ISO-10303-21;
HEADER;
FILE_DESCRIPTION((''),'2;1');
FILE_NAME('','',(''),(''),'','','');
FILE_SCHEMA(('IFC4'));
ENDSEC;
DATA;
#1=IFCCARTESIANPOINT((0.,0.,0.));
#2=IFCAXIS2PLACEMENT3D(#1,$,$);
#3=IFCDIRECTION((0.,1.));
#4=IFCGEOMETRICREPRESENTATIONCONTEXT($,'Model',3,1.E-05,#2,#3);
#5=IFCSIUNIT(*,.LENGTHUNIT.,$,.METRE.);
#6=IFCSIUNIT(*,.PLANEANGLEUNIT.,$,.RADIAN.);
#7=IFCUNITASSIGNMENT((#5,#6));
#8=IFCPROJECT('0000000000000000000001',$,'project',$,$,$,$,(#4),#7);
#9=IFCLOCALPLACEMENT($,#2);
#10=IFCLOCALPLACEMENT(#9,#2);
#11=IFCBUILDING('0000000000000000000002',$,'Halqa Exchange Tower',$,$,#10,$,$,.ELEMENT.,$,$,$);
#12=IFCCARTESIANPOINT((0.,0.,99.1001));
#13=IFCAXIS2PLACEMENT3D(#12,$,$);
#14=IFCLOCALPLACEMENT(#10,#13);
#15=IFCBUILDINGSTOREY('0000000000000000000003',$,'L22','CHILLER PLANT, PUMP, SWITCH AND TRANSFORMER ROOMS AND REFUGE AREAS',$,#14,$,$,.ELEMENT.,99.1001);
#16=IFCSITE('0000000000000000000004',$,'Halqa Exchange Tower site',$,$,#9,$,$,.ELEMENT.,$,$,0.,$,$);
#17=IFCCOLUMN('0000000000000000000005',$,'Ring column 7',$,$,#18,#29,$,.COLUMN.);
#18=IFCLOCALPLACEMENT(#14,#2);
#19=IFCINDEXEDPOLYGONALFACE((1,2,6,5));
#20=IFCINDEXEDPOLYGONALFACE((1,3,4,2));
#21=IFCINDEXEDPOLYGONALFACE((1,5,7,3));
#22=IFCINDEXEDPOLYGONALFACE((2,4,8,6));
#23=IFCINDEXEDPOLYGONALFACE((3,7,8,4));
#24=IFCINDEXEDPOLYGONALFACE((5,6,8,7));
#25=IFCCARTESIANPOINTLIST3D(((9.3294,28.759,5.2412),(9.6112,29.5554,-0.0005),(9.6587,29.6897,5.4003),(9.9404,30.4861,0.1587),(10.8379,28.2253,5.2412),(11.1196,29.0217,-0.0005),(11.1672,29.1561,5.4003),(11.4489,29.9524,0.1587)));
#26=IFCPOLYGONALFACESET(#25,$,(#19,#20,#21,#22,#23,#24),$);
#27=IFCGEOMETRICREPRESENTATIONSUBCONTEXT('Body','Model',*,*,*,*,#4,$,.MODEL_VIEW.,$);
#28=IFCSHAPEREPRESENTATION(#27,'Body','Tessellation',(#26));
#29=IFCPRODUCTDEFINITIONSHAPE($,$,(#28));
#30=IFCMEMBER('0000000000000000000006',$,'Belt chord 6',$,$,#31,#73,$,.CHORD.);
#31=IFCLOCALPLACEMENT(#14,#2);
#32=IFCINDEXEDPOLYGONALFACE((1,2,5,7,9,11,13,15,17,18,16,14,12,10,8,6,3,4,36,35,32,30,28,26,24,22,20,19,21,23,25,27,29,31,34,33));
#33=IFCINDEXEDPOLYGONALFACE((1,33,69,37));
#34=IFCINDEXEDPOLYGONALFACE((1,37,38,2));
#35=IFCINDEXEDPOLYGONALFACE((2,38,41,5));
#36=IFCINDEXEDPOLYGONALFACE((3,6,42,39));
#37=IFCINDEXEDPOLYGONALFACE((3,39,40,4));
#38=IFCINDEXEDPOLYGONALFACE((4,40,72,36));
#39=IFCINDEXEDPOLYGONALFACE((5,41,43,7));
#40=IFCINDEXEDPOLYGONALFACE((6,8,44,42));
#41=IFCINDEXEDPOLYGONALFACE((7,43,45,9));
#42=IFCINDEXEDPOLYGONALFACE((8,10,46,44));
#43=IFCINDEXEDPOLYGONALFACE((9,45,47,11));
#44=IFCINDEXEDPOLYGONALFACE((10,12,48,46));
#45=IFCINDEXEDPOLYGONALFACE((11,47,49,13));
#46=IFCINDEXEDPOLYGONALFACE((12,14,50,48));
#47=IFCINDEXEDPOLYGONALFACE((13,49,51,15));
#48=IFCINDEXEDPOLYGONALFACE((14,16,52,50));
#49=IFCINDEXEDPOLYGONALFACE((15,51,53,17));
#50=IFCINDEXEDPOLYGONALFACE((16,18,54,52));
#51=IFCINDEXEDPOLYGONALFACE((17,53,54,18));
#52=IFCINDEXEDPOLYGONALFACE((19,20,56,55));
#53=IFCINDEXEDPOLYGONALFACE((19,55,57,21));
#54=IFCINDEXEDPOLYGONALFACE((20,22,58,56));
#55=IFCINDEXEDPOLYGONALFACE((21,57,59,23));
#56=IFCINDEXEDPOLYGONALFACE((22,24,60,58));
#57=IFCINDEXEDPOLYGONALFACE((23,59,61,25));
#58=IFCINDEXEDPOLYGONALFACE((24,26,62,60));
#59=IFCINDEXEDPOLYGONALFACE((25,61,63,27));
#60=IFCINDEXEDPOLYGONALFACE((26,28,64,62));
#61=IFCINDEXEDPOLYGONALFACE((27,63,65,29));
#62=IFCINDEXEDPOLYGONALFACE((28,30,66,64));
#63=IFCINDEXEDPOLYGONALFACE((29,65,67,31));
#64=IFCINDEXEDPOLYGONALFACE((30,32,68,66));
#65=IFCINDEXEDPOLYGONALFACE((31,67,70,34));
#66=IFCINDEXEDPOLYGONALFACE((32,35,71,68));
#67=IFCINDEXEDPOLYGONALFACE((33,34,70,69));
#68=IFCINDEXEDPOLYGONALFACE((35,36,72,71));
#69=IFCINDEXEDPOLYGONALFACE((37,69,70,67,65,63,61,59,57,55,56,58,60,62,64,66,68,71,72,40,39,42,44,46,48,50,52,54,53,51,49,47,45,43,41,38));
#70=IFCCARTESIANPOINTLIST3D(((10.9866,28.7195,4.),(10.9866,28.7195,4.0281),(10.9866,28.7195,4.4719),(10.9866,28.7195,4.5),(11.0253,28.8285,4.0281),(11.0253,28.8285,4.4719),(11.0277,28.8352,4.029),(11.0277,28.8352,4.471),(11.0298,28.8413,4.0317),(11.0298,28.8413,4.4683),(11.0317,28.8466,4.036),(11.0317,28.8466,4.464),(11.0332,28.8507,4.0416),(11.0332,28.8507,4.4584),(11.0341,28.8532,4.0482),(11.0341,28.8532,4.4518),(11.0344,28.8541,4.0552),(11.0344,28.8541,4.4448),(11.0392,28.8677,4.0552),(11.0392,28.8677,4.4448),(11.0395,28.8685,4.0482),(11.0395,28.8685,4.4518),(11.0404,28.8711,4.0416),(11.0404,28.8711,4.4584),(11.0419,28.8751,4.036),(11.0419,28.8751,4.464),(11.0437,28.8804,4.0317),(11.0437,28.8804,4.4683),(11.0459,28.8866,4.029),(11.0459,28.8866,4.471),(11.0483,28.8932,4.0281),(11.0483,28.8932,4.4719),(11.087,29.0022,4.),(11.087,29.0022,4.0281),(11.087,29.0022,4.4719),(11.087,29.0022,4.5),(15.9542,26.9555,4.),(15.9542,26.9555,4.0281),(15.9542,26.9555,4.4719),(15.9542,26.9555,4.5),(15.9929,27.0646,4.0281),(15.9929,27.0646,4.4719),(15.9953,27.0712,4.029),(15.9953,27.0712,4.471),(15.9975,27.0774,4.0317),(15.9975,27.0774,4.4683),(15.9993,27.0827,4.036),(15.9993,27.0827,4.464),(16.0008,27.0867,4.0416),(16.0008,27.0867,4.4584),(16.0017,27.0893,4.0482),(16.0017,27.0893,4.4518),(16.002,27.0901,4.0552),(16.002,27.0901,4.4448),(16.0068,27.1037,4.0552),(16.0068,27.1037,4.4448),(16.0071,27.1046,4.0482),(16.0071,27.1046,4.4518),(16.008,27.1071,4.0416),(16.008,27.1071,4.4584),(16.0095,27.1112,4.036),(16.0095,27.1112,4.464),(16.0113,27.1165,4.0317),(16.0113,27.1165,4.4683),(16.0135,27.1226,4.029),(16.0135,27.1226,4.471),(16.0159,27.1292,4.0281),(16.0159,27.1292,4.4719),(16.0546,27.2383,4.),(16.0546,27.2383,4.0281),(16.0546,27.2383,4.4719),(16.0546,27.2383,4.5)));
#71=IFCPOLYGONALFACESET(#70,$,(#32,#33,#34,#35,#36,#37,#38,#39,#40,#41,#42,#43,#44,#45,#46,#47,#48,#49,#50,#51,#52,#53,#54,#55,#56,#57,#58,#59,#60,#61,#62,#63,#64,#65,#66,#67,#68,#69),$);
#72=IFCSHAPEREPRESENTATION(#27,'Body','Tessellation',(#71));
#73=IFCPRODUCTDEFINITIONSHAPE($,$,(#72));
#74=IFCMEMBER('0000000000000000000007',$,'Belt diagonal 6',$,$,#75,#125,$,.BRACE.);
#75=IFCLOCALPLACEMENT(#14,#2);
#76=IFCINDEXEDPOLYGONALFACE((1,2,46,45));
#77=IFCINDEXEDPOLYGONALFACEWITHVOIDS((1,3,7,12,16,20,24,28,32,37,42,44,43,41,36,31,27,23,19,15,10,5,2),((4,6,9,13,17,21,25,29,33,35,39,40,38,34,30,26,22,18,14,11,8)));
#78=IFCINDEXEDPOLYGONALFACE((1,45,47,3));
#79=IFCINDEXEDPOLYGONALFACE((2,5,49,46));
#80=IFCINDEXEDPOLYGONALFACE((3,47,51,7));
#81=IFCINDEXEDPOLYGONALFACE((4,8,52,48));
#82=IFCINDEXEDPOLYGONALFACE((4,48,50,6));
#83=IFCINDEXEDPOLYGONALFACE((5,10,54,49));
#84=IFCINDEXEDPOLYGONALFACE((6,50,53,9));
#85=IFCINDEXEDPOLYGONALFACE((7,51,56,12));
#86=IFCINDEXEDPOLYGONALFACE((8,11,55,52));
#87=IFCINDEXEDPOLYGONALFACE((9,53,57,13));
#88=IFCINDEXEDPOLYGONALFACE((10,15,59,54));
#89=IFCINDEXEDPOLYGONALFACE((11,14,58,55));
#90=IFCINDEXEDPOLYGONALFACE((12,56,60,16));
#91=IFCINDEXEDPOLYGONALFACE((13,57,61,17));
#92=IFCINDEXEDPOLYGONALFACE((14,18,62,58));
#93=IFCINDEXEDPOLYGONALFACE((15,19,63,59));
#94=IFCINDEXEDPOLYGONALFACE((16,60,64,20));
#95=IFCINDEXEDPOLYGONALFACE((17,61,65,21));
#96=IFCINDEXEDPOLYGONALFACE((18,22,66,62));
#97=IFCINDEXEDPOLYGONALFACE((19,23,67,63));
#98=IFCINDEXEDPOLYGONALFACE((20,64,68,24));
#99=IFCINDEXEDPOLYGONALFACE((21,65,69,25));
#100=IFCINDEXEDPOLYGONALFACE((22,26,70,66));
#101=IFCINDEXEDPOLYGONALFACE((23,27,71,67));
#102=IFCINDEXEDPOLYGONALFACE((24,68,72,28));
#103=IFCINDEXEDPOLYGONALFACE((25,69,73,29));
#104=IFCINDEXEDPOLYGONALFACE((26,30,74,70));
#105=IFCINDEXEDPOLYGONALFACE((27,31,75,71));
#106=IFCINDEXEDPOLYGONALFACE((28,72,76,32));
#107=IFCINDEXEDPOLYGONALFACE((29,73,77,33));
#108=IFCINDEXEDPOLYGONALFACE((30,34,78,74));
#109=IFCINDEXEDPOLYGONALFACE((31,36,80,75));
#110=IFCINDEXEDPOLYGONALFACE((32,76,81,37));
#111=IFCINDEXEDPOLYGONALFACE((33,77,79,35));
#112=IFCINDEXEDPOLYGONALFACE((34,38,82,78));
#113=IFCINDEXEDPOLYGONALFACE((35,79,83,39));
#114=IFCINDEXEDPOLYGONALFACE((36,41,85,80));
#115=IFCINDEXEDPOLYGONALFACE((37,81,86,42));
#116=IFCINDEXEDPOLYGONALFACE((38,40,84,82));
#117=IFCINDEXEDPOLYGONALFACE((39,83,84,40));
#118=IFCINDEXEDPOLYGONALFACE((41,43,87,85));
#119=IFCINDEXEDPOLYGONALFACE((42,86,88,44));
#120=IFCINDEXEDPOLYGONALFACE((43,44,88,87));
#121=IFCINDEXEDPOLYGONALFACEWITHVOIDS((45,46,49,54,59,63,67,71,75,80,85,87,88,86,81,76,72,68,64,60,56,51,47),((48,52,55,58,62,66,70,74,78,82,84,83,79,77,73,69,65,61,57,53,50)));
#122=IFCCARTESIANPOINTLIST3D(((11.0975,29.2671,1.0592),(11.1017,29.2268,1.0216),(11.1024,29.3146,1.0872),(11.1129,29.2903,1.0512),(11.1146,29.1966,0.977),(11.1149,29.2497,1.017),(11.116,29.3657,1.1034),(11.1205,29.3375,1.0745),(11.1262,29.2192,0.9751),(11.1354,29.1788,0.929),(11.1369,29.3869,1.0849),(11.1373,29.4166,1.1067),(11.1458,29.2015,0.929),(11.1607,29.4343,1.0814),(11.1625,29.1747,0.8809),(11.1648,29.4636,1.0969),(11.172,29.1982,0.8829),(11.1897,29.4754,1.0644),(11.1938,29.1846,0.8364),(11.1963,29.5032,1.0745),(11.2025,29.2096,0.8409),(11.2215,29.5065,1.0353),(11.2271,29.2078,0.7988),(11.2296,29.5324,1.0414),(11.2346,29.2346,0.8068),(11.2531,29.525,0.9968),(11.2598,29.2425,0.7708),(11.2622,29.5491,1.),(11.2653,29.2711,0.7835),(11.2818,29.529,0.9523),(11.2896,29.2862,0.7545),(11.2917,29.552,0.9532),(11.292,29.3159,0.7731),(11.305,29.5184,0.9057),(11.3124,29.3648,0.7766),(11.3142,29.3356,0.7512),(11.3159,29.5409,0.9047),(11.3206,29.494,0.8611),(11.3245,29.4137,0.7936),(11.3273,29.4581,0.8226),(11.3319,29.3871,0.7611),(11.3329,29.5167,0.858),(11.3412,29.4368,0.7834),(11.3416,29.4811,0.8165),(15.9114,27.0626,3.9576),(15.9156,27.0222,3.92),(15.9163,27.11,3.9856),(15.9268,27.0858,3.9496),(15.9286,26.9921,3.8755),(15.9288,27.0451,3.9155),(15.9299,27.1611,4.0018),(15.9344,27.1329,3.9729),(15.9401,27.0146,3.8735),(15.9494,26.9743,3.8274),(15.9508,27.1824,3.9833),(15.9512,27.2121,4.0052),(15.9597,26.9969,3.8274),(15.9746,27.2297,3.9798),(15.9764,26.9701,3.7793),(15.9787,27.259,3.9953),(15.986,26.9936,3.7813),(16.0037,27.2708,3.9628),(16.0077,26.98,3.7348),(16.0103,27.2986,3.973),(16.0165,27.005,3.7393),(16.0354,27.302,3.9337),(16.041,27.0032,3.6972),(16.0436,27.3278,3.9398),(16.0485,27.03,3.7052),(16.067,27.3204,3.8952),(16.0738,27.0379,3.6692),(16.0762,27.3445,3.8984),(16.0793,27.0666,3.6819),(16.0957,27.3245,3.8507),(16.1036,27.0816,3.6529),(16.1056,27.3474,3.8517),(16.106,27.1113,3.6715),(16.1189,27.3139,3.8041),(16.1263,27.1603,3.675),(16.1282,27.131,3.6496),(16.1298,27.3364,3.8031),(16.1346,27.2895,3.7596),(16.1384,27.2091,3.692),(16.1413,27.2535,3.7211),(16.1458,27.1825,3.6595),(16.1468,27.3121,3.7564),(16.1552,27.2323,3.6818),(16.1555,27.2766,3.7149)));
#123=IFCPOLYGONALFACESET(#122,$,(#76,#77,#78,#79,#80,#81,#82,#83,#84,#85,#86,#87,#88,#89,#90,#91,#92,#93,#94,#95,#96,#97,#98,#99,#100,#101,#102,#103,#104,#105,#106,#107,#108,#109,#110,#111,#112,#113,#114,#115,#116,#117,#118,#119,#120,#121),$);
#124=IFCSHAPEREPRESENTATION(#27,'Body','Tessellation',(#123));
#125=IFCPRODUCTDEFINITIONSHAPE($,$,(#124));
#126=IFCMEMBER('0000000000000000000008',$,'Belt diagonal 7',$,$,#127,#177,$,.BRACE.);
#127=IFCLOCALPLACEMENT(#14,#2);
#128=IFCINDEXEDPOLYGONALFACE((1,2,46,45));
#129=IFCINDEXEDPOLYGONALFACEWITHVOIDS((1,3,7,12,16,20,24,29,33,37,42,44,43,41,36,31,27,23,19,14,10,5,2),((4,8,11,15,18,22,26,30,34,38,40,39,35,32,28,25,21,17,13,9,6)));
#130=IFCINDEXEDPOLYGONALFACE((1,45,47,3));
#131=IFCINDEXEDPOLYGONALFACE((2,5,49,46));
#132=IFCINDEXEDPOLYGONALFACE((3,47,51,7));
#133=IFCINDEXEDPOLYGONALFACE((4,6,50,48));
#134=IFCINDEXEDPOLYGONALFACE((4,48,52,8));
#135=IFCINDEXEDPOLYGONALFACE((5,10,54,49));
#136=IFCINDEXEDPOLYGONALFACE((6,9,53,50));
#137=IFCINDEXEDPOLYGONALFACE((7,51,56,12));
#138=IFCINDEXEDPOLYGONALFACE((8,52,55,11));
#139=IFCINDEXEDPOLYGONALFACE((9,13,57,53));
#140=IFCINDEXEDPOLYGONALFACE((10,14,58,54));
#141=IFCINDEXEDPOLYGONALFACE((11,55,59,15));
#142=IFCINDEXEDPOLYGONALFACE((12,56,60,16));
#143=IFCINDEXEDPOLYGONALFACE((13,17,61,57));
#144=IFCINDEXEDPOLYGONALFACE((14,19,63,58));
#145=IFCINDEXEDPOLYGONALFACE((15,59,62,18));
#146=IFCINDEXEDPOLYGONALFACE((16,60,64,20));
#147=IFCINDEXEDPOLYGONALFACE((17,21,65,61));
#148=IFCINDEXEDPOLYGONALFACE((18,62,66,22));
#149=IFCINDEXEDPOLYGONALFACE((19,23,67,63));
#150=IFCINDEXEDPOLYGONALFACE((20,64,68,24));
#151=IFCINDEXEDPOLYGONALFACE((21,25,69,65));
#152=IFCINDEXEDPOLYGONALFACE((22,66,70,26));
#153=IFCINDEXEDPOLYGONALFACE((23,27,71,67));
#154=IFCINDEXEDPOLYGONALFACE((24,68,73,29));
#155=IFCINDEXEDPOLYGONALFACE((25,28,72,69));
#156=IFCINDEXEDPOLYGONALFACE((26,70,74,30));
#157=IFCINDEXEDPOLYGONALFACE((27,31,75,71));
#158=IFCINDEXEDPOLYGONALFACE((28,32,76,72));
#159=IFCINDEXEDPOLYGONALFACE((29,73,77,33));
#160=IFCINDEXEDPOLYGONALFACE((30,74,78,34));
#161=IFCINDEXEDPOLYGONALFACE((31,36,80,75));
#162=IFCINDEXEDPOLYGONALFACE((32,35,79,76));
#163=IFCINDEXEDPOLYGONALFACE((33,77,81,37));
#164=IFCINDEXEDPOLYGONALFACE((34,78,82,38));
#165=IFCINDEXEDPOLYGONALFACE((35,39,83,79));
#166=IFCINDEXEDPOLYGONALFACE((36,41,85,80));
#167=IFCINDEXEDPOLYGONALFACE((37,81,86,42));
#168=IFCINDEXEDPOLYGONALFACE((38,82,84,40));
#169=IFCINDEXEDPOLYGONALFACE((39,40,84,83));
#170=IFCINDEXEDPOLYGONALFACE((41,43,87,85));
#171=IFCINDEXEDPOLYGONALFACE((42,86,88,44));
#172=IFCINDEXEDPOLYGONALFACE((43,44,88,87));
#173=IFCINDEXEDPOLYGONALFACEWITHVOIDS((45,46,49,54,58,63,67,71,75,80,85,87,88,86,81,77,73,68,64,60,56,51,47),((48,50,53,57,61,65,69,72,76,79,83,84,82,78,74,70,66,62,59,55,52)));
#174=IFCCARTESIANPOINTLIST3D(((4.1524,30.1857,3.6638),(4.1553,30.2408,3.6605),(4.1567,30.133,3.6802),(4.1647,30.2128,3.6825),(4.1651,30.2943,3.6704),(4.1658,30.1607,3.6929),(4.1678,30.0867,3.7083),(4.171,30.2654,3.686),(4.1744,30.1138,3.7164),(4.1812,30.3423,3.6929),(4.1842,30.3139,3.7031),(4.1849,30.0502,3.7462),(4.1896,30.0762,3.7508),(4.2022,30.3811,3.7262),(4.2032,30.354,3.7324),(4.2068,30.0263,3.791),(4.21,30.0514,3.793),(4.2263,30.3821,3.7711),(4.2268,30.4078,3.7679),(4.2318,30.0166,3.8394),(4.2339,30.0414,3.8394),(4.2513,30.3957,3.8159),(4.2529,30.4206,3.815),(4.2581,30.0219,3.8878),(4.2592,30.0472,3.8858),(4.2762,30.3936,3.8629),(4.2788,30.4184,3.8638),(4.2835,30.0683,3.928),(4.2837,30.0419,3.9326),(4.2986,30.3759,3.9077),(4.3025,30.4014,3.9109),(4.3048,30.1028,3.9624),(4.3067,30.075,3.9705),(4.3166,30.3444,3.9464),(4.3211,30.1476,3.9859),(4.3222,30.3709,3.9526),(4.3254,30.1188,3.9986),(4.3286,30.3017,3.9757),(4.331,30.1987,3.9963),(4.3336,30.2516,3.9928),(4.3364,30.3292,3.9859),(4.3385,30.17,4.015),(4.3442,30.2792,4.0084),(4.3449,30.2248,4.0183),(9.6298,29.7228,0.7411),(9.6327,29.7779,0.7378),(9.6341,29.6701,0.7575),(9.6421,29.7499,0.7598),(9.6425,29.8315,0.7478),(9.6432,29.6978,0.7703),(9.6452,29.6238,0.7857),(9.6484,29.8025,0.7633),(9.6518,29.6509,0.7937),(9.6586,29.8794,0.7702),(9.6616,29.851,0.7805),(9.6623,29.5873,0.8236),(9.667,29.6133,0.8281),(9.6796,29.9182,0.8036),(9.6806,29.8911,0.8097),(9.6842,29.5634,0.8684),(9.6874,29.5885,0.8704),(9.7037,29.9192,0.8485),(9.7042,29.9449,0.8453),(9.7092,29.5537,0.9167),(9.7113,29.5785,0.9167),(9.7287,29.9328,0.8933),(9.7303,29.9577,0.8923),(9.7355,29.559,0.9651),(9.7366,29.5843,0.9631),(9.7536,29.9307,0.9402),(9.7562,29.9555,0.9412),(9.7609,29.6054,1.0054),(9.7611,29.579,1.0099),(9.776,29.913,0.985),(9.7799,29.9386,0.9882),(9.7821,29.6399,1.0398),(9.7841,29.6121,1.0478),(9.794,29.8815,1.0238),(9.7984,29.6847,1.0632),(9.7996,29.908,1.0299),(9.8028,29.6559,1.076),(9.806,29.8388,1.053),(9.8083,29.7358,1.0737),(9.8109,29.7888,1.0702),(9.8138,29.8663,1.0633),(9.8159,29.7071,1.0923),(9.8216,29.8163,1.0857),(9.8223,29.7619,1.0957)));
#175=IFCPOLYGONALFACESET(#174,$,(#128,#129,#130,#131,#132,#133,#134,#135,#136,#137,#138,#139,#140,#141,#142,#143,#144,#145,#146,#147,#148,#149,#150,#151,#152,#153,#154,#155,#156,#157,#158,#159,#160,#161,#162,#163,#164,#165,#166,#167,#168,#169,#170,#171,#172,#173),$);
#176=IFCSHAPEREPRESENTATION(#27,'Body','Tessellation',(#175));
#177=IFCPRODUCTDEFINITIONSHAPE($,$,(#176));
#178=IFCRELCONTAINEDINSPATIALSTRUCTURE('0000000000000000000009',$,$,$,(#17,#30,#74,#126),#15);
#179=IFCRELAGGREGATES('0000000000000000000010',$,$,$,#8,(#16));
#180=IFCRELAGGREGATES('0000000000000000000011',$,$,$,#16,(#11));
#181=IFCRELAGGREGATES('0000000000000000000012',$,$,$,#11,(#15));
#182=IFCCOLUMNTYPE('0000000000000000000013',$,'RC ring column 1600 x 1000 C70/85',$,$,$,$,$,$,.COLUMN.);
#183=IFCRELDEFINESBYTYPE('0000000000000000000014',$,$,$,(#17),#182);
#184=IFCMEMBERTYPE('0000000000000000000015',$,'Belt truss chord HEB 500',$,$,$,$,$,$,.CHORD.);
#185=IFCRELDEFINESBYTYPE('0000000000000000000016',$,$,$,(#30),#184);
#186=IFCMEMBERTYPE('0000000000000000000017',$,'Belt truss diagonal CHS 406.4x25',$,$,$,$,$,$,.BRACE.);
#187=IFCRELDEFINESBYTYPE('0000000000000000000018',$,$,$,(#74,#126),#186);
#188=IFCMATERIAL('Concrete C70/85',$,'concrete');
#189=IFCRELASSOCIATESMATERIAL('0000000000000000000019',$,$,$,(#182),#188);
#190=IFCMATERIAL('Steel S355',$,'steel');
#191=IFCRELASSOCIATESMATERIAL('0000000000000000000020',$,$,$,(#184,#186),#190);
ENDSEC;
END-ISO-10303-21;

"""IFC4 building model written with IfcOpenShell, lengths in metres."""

from ifc_helpers import new_model, si_unit, direction, frame, origin, origin_2d, place, context, subcontext, project, spatial, rectangle, hollow_circle, i_section, extrude, material, material_profile, profile_set, type_object, element, save


model = new_model("IFC4")

# Units and contexts
model_context = context("Model", 3, precision=1e-05, world=origin(), true_north=direction((0.0, 1.0)))
body_context = subcontext(model_context, "Body", "Model", "MODEL_VIEW")
ifc_project = project(units=[si_unit("LENGTHUNIT", "METRE"), si_unit("PLANEANGLEUNIT", "RADIAN")], contexts=[model_context])

# Site, building, storey
site_placement = place(None, origin())
site = spatial("IfcSite", under=ifc_project, at=site_placement, Name="Halqa Exchange Tower site", CompositionType="ELEMENT", RefElevation=0.0)
building_placement = place(site_placement, origin())
building = spatial("IfcBuilding", under=site, at=building_placement, Name="Halqa Exchange Tower", CompositionType="ELEMENT")
storey_placement = place(building_placement, frame((0.0, 0.0, 99.1001)))
storey = spatial("IfcBuildingStorey", under=building, at=storey_placement, Name="L22", Description="CHILLER PLANT, PUMP, SWITCH AND TRANSFORMER ROOMS AND REFUGE AREAS", CompositionType="ELEMENT", Elevation=99.1001)

# Column
ifc_material_1 = material(Name="Concrete C70/85", Category="concrete")
ifc_material_profile_1 = material_profile(ifc_material_1, rectangle(XDim=1.6001, YDim=1.0, at=origin_2d()), Name="1600 x 1000")
ifc_profile_set_1 = profile_set([ifc_material_profile_1], Name="Concrete C70/85")
column_type = type_object("IfcColumnType", Name="RC ring column 1600 x 1000 C70/85", PredefinedType="COLUMN", material=ifc_profile_set_1)
column_placement = place(storey_placement, frame((10.53, 29.7539, 0.0791), z_axis=(-0.053065, -0.149998, 0.987261), x_axis=(0.942745, -0.333515, 0.0)))
element("IfcColumn", 1, at=column_placement, inside=storey, type_object=column_type, Name="Ring column 7", PredefinedType="COLUMN", context=body_context, shape_type="SweptSolid", body=[
    extrude(rectangle(XDim=1.6001, YDim=1.0, at=origin_2d()), origin(), (0.0, 0.0, 1.0), 5.3093),
])

# Members
ifc_material_2 = material(Name="Steel S355", Category="steel")
ifc_material_profile_2 = material_profile(ifc_material_2, i_section(OverallWidth=0.3, OverallDepth=0.5, WebThickness=0.0144, FlangeThickness=0.0281, FilletRadius=0.0271, at=origin_2d()), Name="HEB 500")
ifc_profile_set_2 = profile_set([ifc_material_profile_2], Name="Steel S355")
member_type_1 = type_object("IfcMemberType", Name="Belt truss chord HEB 500", PredefinedType="CHORD", material=ifc_profile_set_2)
member_1_placement = place(storey_placement, frame((16.0044, 27.0969, 4.25), z_axis=(-0.942353, 0.334619, 0.0), x_axis=(-0.334619, -0.942353, 0.0)))
element("IfcMember", 2, at=member_1_placement, inside=storey, type_object=member_type_1, Name="Belt chord 6", PredefinedType="CHORD", context=body_context, shape_type="SweptSolid", body=[
    extrude(i_section(OverallWidth=0.3, OverallDepth=0.5, WebThickness=0.0144, FlangeThickness=0.0281, FilletRadius=0.0271, at=origin_2d()), origin(), (0.0, 0.0, 1.0), 5.2715),
])
ifc_material_profile_3 = material_profile(ifc_material_2, hollow_circle(Radius=0.2031, WallThickness=0.0249, at=origin_2d()), Name="CHS 406.4x25")
ifc_profile_set_3 = profile_set([ifc_material_profile_3], Name="Steel S355")
member_type_2 = type_object("IfcMemberType", Name="Belt truss diagonal CHS 406.4x25", PredefinedType="BRACE", material=ifc_profile_set_3)
member_2_placement = place(storey_placement, frame((16.0339, 27.1589, 3.8274), z_axis=(-0.797519, 0.36523, -0.480178), x_axis=(-0.416372, -0.909194, 0.0)))
element("IfcMember", 3, at=member_2_placement, inside=storey, type_object=member_type_2, Name="Belt diagonal 6", PredefinedType="BRACE", context=body_context, shape_type="SweptSolid", body=[
    extrude(hollow_circle(Radius=0.2031, WallThickness=0.0249, at=origin_2d()), origin(), (0.0, 0.0, 1.0), 6.0361),
])
member_3_placement = place(storey_placement, frame((9.7263, 29.7561, 0.9167), z_axis=(-0.879818, 0.074354, 0.469459), x_axis=(-0.084211, -0.996448, 0.0)))
element("IfcMember", 4, at=member_3_placement, inside=storey, type_object=member_type_2, Name="Belt diagonal 7", PredefinedType="BRACE", context=body_context, shape_type="SweptSolid", body=[
    extrude(hollow_circle(Radius=0.2031, WallThickness=0.0249, at=origin_2d()), origin(), (0.0, 0.0, 1.0), 6.2256),
])

save(model, "model.ifc")
